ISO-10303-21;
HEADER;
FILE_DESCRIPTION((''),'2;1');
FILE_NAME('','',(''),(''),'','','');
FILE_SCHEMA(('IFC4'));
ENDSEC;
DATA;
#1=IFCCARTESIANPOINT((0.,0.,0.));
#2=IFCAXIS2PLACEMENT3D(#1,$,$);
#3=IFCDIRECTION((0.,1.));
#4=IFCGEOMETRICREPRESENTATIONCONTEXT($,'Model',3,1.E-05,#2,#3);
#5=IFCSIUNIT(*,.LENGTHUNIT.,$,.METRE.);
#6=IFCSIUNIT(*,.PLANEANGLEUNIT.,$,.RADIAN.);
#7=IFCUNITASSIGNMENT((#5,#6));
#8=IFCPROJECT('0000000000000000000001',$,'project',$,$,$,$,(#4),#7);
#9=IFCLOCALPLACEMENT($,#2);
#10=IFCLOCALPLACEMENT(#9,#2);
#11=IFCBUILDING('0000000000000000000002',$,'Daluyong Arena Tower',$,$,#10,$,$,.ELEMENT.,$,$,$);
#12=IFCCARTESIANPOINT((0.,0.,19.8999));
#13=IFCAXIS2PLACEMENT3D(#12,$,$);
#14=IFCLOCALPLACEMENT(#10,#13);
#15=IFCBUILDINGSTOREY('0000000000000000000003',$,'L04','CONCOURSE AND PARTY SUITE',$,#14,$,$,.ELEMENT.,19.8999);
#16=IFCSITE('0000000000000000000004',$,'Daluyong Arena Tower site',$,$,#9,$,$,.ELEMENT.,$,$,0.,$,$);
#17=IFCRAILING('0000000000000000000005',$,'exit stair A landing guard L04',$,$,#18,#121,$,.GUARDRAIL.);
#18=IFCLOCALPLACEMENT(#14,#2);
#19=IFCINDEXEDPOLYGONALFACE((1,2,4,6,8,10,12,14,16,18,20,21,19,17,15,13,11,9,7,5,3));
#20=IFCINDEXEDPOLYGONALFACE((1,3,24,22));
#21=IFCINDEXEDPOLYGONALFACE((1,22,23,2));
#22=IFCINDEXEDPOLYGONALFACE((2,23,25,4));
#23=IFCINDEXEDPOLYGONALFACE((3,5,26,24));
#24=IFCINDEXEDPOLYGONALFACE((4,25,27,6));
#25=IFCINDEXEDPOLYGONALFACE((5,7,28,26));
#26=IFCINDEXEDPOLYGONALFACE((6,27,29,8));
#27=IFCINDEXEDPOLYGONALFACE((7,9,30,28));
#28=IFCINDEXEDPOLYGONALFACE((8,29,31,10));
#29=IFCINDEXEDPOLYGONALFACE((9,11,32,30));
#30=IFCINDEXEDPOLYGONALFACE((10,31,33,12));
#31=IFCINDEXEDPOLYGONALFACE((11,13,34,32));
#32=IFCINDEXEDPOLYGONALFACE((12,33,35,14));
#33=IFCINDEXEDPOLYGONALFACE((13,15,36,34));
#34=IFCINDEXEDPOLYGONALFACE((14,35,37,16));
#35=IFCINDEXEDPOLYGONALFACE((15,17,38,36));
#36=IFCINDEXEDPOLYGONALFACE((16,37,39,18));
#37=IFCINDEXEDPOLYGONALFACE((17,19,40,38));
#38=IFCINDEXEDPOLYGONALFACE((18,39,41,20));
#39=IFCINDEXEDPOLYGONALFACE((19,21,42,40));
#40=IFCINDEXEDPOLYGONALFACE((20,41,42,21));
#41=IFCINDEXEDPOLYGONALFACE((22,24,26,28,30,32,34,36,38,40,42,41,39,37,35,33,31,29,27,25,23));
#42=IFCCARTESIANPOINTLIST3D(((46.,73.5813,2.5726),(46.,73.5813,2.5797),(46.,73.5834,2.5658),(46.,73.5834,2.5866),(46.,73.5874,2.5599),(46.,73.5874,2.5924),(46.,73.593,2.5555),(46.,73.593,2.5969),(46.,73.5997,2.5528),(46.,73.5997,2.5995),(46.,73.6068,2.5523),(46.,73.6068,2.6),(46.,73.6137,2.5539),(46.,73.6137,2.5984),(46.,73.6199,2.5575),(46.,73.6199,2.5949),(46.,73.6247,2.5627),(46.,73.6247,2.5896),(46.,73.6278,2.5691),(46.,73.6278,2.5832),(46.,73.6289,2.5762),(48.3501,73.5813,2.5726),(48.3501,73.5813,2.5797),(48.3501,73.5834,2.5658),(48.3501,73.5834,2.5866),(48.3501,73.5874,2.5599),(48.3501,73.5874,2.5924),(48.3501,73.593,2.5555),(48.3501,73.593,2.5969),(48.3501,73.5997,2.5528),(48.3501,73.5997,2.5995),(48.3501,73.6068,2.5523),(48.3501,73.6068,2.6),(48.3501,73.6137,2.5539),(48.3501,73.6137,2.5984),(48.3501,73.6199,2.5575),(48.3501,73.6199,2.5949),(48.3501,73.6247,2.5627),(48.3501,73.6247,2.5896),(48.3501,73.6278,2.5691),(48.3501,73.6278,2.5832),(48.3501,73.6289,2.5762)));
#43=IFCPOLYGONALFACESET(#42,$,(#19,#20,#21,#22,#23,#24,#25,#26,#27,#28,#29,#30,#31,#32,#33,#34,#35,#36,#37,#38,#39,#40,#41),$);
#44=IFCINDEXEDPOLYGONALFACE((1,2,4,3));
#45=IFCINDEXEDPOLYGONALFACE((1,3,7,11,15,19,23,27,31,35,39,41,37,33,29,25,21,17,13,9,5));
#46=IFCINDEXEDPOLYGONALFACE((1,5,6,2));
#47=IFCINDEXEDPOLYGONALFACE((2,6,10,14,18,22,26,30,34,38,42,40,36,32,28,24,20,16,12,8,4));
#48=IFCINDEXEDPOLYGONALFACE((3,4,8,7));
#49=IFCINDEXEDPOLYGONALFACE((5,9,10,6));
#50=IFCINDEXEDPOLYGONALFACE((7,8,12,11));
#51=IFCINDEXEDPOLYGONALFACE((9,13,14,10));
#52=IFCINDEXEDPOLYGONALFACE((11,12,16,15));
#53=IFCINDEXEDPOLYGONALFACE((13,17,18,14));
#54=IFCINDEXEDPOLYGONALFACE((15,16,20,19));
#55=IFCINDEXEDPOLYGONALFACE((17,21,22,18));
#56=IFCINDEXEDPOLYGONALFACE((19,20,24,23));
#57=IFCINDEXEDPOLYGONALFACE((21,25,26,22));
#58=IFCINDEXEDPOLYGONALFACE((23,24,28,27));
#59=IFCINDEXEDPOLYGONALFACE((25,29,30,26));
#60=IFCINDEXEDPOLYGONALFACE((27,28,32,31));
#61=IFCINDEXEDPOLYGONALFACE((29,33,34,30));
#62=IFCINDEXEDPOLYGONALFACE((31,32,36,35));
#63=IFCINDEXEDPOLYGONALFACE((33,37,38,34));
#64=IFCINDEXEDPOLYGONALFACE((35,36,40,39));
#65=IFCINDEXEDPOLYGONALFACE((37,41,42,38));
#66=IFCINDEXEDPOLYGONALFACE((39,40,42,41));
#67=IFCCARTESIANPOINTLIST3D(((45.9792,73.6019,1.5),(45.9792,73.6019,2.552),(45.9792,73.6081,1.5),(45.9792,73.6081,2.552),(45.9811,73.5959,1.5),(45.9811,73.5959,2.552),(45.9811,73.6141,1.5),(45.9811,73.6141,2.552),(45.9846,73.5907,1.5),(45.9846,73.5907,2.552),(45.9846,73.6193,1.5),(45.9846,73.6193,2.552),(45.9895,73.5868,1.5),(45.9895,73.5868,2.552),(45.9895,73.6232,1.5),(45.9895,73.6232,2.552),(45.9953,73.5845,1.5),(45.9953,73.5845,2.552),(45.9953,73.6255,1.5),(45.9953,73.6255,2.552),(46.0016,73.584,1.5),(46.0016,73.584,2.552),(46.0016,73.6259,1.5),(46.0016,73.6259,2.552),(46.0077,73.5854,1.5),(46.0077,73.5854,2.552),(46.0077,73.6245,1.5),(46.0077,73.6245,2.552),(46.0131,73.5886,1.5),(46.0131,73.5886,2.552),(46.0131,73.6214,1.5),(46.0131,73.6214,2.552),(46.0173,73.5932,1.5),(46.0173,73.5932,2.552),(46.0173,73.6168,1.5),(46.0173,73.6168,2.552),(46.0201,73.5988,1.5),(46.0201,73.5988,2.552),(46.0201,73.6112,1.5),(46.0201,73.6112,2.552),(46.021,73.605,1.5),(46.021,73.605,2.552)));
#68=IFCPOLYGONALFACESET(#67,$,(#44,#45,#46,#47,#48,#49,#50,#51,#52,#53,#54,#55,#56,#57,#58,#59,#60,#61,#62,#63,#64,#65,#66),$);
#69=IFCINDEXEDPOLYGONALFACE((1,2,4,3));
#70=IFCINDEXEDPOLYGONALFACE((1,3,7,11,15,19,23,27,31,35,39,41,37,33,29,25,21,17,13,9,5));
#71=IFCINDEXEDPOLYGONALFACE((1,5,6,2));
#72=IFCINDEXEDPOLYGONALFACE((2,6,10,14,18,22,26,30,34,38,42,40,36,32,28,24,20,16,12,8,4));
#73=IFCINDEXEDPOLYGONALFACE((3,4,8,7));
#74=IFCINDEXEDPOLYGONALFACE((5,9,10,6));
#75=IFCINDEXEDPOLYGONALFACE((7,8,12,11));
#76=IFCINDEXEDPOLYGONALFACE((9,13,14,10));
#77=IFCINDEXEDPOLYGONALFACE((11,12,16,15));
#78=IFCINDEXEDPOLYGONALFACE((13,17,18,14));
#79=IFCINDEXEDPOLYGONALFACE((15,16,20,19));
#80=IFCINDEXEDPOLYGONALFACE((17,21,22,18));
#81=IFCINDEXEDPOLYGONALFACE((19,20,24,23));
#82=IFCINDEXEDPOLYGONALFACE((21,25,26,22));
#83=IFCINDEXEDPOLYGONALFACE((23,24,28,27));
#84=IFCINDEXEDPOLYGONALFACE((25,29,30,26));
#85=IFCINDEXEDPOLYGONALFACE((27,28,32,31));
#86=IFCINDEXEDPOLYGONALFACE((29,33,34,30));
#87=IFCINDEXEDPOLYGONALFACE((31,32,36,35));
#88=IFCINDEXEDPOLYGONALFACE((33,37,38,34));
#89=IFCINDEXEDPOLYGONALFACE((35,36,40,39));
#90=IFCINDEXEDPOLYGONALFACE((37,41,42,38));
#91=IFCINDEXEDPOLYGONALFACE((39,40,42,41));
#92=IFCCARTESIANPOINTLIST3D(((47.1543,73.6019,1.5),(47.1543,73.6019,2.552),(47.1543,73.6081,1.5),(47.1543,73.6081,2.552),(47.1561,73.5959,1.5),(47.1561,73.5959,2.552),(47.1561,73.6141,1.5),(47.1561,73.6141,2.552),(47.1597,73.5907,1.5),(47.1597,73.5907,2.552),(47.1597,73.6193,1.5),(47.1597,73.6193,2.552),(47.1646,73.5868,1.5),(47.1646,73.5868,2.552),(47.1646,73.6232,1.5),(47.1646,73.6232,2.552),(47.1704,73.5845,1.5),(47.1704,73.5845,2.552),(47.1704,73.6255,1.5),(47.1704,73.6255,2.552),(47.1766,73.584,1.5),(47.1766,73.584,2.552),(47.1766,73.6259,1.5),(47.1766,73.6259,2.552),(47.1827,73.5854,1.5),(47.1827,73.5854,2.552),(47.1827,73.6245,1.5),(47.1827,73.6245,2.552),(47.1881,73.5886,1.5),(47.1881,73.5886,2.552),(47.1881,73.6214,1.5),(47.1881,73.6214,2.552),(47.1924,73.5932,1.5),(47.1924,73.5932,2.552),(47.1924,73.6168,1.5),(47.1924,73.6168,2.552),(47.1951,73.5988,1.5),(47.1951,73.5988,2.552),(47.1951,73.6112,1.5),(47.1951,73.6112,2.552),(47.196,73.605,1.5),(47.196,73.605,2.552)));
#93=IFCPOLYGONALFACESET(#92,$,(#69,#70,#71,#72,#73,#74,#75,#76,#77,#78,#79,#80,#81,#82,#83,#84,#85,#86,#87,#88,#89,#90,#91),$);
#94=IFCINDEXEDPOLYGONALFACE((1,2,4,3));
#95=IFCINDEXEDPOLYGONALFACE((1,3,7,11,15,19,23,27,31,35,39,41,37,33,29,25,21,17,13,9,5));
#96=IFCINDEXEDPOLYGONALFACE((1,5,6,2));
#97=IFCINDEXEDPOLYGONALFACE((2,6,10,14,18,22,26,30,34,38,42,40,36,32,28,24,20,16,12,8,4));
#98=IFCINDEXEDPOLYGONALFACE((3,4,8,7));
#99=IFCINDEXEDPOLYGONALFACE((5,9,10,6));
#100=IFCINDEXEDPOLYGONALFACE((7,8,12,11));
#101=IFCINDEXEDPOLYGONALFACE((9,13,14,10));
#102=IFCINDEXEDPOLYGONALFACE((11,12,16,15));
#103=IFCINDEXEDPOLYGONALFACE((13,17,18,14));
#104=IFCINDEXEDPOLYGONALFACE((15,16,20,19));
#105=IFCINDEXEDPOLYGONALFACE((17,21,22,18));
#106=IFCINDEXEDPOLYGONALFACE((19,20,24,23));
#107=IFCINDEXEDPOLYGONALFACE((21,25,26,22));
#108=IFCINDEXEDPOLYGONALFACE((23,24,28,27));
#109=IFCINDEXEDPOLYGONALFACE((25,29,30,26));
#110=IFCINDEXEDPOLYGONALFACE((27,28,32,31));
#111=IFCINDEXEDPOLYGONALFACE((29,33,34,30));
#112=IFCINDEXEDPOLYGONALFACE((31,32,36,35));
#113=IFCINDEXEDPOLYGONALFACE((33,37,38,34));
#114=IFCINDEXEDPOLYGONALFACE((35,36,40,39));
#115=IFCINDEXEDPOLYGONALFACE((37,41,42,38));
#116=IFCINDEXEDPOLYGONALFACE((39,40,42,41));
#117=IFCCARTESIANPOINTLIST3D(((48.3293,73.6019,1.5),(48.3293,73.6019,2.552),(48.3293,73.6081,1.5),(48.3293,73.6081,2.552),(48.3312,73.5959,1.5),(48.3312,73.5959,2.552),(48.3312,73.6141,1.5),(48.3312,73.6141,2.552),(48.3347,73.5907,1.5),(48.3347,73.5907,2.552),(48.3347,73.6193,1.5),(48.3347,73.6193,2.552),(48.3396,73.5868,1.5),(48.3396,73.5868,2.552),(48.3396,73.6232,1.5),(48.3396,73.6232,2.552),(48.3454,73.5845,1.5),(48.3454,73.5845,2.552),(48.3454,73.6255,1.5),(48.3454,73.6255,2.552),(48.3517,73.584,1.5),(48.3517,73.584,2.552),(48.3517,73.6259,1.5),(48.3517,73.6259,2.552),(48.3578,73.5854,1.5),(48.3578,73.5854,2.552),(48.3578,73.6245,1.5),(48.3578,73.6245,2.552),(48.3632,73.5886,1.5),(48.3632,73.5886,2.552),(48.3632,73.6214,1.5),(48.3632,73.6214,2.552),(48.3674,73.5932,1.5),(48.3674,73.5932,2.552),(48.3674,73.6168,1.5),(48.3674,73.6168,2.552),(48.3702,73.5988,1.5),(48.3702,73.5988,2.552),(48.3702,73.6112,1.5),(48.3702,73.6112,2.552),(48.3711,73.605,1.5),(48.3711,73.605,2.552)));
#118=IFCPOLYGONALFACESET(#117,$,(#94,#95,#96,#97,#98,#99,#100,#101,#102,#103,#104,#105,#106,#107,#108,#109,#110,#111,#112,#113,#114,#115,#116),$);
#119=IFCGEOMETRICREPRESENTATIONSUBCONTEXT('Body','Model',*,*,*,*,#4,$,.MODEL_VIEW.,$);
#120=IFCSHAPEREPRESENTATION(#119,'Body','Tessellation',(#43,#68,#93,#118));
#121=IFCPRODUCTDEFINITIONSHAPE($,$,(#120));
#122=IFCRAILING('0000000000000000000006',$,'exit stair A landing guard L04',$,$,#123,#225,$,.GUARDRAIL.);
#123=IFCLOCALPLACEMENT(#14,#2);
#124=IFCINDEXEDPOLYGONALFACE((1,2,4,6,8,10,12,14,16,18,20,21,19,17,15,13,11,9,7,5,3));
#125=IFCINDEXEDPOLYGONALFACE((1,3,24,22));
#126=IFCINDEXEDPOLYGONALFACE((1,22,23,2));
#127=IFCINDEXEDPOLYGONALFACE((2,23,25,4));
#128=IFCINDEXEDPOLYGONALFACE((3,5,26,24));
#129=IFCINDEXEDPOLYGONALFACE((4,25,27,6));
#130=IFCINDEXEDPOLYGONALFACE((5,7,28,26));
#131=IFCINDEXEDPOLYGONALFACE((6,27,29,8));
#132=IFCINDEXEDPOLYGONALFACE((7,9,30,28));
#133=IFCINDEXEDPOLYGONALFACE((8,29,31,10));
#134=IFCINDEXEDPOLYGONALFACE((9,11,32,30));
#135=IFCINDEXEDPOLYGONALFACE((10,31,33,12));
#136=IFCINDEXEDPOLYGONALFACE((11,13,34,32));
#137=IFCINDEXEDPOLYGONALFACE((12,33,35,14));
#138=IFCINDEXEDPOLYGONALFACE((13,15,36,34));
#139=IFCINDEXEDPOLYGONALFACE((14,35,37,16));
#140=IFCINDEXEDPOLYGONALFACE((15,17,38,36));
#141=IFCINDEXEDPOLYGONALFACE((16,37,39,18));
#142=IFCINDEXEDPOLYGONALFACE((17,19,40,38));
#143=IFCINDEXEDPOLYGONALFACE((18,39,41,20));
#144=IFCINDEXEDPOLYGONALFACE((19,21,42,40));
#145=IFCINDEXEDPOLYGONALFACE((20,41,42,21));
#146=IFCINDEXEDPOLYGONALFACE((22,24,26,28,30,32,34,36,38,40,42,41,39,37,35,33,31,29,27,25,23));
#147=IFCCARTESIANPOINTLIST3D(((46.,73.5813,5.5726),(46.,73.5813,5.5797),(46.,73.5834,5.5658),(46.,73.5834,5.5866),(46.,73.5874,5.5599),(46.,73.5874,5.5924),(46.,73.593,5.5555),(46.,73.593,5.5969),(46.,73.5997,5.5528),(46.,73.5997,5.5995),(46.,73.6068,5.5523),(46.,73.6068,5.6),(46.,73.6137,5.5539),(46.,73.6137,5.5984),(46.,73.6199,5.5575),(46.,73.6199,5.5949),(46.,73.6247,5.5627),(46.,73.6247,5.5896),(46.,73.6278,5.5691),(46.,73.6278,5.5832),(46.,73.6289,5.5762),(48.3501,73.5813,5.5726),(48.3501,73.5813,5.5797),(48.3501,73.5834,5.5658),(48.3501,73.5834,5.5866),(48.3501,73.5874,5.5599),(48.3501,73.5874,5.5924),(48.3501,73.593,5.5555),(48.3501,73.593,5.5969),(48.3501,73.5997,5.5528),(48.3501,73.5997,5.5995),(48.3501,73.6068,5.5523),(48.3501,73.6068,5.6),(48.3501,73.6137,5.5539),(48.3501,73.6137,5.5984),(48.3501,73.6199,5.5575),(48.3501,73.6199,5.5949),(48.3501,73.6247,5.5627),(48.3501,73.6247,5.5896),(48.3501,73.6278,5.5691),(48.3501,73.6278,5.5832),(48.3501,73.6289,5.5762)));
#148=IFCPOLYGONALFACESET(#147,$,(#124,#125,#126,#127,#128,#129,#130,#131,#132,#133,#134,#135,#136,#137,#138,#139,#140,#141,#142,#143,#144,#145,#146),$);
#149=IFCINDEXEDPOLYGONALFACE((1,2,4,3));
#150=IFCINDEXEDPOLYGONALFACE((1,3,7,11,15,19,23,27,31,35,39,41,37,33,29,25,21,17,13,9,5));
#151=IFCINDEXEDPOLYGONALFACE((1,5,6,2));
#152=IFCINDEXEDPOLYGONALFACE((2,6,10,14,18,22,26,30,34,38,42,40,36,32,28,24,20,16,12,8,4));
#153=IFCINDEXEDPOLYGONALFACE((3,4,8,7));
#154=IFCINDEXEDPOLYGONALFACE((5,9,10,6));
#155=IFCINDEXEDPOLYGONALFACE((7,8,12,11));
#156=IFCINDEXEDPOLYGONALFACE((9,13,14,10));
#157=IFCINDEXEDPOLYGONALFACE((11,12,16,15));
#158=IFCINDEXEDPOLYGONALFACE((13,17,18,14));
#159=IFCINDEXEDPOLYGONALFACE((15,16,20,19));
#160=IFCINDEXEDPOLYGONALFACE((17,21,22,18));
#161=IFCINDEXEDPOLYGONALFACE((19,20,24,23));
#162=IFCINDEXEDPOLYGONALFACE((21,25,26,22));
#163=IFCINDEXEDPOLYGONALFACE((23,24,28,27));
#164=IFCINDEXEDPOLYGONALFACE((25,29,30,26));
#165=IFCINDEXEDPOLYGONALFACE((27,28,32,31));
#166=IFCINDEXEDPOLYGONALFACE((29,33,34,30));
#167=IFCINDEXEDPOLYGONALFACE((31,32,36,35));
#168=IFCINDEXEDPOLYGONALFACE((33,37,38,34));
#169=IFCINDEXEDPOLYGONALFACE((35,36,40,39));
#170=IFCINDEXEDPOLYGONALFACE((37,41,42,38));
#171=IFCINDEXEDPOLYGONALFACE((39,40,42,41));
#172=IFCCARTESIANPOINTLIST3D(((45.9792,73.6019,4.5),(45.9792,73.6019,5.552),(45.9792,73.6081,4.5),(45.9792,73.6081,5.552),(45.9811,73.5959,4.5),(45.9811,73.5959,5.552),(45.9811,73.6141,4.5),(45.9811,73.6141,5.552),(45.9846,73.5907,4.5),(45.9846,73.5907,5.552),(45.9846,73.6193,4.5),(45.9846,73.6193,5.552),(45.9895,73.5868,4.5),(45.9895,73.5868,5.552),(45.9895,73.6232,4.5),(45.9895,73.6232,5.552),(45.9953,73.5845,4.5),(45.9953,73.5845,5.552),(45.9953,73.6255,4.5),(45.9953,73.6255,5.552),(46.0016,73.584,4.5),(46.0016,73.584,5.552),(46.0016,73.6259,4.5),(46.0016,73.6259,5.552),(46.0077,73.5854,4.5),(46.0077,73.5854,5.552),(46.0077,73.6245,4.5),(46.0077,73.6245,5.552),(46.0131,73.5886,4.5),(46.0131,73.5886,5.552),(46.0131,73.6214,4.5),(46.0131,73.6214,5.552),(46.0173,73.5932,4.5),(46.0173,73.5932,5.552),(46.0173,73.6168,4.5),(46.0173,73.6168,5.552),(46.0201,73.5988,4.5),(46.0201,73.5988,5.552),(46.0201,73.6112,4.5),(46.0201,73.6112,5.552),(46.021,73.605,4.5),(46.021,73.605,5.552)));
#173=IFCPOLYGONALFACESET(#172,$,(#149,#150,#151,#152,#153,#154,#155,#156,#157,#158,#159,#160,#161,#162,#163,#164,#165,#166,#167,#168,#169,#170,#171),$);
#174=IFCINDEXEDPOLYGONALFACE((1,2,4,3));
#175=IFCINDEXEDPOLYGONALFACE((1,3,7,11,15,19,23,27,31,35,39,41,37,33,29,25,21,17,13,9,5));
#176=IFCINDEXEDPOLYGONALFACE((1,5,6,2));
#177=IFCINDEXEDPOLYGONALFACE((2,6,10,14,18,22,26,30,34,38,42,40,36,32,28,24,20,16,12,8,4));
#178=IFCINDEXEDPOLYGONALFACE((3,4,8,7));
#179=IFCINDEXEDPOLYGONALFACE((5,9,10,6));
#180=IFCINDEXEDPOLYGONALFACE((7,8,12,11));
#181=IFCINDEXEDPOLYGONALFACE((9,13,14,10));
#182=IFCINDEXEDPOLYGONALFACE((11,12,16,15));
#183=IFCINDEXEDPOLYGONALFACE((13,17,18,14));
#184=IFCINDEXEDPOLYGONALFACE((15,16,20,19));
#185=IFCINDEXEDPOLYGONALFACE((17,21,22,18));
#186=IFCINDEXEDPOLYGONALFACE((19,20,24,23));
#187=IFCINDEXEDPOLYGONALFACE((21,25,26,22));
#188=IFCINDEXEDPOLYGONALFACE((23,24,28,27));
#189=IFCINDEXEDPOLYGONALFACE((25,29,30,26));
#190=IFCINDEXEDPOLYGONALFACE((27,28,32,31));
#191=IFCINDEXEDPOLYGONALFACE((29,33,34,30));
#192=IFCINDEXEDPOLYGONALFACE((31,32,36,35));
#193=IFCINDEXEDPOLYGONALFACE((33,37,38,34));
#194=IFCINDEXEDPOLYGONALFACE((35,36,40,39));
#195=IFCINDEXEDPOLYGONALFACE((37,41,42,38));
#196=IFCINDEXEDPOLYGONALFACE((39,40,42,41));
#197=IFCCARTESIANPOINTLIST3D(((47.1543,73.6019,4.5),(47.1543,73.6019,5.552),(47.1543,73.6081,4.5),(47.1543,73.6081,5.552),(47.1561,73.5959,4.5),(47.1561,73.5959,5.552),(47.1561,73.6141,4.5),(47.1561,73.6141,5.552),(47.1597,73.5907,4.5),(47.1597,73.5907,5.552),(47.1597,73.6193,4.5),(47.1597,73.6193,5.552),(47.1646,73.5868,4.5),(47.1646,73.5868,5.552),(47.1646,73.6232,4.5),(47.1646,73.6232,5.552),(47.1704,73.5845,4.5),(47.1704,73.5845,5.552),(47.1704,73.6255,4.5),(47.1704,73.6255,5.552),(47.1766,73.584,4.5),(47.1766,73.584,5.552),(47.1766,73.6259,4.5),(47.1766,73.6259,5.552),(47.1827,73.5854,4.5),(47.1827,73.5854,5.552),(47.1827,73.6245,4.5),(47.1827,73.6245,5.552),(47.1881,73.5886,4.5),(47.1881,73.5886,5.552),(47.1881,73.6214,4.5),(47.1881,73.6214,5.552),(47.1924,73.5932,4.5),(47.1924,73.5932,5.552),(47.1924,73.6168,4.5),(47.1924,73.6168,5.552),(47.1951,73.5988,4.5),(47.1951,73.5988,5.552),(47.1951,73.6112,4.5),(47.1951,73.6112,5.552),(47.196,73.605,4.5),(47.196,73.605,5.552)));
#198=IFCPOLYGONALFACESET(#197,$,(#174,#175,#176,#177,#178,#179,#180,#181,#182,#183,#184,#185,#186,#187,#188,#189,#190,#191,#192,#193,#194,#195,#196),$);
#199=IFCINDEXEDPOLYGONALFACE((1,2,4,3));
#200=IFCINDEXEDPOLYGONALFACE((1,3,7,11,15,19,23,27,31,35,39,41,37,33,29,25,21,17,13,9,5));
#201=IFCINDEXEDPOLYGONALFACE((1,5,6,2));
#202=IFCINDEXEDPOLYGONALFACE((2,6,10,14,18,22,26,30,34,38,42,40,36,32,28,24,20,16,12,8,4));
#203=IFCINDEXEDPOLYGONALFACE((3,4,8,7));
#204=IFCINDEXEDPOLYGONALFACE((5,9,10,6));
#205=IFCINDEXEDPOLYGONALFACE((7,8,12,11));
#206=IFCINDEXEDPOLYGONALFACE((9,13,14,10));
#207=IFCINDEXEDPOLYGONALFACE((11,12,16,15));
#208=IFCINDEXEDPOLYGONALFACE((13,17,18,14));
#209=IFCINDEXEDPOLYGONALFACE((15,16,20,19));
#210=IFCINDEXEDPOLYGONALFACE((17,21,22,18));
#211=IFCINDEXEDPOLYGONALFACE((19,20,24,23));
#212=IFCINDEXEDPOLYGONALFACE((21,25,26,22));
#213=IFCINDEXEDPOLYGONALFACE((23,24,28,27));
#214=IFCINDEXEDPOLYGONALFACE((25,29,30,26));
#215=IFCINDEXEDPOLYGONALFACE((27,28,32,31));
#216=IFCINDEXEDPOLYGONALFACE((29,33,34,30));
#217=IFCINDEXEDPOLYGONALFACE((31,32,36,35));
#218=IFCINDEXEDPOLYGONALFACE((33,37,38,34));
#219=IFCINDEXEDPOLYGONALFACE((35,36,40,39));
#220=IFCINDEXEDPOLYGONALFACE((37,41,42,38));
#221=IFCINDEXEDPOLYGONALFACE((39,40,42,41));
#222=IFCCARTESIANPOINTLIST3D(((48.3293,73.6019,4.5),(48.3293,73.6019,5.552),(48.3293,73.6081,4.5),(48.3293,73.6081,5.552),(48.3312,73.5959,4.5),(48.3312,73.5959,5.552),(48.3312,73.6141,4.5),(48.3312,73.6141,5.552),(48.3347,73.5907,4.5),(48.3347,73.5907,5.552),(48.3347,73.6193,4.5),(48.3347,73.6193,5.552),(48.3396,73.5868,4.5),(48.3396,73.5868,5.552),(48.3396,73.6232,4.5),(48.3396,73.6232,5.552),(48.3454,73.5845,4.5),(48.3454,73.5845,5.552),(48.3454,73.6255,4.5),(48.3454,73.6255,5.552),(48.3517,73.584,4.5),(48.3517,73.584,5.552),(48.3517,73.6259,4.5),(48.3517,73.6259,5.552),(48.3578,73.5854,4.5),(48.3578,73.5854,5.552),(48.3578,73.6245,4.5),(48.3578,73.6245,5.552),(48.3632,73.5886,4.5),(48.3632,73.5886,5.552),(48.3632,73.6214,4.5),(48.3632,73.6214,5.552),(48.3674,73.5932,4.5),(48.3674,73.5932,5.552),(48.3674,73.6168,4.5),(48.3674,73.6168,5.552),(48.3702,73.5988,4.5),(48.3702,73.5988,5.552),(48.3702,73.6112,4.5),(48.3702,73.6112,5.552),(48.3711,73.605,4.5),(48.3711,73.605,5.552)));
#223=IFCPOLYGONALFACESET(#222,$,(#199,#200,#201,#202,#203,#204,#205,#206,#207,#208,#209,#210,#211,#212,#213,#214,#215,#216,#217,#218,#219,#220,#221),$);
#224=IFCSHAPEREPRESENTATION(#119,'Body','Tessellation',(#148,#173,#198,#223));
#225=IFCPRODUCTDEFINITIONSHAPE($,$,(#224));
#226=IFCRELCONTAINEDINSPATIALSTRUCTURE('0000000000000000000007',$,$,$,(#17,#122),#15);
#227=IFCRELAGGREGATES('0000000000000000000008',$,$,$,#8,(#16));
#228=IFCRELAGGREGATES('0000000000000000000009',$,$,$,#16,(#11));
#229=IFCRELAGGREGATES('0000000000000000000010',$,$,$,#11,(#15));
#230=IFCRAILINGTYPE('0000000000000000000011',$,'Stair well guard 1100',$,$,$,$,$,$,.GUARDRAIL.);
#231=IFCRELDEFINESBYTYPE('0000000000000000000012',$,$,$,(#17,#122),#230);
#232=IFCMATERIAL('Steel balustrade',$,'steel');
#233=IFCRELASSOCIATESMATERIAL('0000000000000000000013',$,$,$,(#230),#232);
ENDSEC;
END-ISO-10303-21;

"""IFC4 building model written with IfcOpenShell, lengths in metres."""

from ifc_helpers import new_model, si_unit, direction, frame, origin, origin_2d, place, context, subcontext, project, spatial, circle, extrude, material, type_object, element, save


model = new_model("IFC4")

# Units and contexts
model_context = context("Model", 3, precision=1e-05, world=origin(), true_north=direction((0.0, 1.0)))
body_context = subcontext(model_context, "Body", "Model", "MODEL_VIEW")
ifc_project = project(units=[si_unit("LENGTHUNIT", "METRE"), si_unit("PLANEANGLEUNIT", "RADIAN")], contexts=[model_context])

# Site, building, storey
site_placement = place(None, origin())
site = spatial("IfcSite", under=ifc_project, at=site_placement, Name="Daluyong Arena Tower site", CompositionType="ELEMENT", RefElevation=0.0)
building_placement = place(site_placement, origin())
building = spatial("IfcBuilding", under=site, at=building_placement, Name="Daluyong Arena Tower", CompositionType="ELEMENT")
storey_placement = place(building_placement, frame((0.0, 0.0, 19.8999)))
storey = spatial("IfcBuildingStorey", under=building, at=storey_placement, Name="L04", Description="CONCOURSE AND PARTY SUITE", CompositionType="ELEMENT", Elevation=19.8999)

# Railings
ifc_material_1 = material(Name="Steel balustrade", Category="steel")
railing_type_1 = type_object("IfcRailingType", Name="Stair well guard 1100", PredefinedType="GUARDRAIL", material=ifc_material_1)
for number, where, name in (
    (1, (46.0, 73.605, 1.5), "exit stair A landing guard L04"),
    (2, (46.0, 73.605, 4.5), "exit stair A landing guard L04"),
):
    element("IfcRailing", number, at=place(storey_placement, frame(where)), inside=storey, type_object=railing_type_1, Name=name, PredefinedType="GUARDRAIL", context=body_context, shape_type="SweptSolid", body=[
        extrude(circle(Radius=0.0239, at=origin_2d()), frame((0.0, 0.0, 1.0762), z_axis=(1.0, 0.0, 0.0), x_axis=(0.0, 1.0, 0.0)), (0.0, 0.0, 1.0), 2.3501),
        extrude(circle(Radius=0.021, at=origin_2d()), origin(), (0.0, 0.0, 1.0), 1.052),
        extrude(circle(Radius=0.021, at=origin_2d()), frame((1.175, 0.0, 0.0)), (0.0, 0.0, 1.0), 1.052),
        extrude(circle(Radius=0.021, at=origin_2d()), frame((2.3501, 0.0, 0.0)), (0.0, 0.0, 1.0), 1.052),
    ])

save(model, "model.ifc")
